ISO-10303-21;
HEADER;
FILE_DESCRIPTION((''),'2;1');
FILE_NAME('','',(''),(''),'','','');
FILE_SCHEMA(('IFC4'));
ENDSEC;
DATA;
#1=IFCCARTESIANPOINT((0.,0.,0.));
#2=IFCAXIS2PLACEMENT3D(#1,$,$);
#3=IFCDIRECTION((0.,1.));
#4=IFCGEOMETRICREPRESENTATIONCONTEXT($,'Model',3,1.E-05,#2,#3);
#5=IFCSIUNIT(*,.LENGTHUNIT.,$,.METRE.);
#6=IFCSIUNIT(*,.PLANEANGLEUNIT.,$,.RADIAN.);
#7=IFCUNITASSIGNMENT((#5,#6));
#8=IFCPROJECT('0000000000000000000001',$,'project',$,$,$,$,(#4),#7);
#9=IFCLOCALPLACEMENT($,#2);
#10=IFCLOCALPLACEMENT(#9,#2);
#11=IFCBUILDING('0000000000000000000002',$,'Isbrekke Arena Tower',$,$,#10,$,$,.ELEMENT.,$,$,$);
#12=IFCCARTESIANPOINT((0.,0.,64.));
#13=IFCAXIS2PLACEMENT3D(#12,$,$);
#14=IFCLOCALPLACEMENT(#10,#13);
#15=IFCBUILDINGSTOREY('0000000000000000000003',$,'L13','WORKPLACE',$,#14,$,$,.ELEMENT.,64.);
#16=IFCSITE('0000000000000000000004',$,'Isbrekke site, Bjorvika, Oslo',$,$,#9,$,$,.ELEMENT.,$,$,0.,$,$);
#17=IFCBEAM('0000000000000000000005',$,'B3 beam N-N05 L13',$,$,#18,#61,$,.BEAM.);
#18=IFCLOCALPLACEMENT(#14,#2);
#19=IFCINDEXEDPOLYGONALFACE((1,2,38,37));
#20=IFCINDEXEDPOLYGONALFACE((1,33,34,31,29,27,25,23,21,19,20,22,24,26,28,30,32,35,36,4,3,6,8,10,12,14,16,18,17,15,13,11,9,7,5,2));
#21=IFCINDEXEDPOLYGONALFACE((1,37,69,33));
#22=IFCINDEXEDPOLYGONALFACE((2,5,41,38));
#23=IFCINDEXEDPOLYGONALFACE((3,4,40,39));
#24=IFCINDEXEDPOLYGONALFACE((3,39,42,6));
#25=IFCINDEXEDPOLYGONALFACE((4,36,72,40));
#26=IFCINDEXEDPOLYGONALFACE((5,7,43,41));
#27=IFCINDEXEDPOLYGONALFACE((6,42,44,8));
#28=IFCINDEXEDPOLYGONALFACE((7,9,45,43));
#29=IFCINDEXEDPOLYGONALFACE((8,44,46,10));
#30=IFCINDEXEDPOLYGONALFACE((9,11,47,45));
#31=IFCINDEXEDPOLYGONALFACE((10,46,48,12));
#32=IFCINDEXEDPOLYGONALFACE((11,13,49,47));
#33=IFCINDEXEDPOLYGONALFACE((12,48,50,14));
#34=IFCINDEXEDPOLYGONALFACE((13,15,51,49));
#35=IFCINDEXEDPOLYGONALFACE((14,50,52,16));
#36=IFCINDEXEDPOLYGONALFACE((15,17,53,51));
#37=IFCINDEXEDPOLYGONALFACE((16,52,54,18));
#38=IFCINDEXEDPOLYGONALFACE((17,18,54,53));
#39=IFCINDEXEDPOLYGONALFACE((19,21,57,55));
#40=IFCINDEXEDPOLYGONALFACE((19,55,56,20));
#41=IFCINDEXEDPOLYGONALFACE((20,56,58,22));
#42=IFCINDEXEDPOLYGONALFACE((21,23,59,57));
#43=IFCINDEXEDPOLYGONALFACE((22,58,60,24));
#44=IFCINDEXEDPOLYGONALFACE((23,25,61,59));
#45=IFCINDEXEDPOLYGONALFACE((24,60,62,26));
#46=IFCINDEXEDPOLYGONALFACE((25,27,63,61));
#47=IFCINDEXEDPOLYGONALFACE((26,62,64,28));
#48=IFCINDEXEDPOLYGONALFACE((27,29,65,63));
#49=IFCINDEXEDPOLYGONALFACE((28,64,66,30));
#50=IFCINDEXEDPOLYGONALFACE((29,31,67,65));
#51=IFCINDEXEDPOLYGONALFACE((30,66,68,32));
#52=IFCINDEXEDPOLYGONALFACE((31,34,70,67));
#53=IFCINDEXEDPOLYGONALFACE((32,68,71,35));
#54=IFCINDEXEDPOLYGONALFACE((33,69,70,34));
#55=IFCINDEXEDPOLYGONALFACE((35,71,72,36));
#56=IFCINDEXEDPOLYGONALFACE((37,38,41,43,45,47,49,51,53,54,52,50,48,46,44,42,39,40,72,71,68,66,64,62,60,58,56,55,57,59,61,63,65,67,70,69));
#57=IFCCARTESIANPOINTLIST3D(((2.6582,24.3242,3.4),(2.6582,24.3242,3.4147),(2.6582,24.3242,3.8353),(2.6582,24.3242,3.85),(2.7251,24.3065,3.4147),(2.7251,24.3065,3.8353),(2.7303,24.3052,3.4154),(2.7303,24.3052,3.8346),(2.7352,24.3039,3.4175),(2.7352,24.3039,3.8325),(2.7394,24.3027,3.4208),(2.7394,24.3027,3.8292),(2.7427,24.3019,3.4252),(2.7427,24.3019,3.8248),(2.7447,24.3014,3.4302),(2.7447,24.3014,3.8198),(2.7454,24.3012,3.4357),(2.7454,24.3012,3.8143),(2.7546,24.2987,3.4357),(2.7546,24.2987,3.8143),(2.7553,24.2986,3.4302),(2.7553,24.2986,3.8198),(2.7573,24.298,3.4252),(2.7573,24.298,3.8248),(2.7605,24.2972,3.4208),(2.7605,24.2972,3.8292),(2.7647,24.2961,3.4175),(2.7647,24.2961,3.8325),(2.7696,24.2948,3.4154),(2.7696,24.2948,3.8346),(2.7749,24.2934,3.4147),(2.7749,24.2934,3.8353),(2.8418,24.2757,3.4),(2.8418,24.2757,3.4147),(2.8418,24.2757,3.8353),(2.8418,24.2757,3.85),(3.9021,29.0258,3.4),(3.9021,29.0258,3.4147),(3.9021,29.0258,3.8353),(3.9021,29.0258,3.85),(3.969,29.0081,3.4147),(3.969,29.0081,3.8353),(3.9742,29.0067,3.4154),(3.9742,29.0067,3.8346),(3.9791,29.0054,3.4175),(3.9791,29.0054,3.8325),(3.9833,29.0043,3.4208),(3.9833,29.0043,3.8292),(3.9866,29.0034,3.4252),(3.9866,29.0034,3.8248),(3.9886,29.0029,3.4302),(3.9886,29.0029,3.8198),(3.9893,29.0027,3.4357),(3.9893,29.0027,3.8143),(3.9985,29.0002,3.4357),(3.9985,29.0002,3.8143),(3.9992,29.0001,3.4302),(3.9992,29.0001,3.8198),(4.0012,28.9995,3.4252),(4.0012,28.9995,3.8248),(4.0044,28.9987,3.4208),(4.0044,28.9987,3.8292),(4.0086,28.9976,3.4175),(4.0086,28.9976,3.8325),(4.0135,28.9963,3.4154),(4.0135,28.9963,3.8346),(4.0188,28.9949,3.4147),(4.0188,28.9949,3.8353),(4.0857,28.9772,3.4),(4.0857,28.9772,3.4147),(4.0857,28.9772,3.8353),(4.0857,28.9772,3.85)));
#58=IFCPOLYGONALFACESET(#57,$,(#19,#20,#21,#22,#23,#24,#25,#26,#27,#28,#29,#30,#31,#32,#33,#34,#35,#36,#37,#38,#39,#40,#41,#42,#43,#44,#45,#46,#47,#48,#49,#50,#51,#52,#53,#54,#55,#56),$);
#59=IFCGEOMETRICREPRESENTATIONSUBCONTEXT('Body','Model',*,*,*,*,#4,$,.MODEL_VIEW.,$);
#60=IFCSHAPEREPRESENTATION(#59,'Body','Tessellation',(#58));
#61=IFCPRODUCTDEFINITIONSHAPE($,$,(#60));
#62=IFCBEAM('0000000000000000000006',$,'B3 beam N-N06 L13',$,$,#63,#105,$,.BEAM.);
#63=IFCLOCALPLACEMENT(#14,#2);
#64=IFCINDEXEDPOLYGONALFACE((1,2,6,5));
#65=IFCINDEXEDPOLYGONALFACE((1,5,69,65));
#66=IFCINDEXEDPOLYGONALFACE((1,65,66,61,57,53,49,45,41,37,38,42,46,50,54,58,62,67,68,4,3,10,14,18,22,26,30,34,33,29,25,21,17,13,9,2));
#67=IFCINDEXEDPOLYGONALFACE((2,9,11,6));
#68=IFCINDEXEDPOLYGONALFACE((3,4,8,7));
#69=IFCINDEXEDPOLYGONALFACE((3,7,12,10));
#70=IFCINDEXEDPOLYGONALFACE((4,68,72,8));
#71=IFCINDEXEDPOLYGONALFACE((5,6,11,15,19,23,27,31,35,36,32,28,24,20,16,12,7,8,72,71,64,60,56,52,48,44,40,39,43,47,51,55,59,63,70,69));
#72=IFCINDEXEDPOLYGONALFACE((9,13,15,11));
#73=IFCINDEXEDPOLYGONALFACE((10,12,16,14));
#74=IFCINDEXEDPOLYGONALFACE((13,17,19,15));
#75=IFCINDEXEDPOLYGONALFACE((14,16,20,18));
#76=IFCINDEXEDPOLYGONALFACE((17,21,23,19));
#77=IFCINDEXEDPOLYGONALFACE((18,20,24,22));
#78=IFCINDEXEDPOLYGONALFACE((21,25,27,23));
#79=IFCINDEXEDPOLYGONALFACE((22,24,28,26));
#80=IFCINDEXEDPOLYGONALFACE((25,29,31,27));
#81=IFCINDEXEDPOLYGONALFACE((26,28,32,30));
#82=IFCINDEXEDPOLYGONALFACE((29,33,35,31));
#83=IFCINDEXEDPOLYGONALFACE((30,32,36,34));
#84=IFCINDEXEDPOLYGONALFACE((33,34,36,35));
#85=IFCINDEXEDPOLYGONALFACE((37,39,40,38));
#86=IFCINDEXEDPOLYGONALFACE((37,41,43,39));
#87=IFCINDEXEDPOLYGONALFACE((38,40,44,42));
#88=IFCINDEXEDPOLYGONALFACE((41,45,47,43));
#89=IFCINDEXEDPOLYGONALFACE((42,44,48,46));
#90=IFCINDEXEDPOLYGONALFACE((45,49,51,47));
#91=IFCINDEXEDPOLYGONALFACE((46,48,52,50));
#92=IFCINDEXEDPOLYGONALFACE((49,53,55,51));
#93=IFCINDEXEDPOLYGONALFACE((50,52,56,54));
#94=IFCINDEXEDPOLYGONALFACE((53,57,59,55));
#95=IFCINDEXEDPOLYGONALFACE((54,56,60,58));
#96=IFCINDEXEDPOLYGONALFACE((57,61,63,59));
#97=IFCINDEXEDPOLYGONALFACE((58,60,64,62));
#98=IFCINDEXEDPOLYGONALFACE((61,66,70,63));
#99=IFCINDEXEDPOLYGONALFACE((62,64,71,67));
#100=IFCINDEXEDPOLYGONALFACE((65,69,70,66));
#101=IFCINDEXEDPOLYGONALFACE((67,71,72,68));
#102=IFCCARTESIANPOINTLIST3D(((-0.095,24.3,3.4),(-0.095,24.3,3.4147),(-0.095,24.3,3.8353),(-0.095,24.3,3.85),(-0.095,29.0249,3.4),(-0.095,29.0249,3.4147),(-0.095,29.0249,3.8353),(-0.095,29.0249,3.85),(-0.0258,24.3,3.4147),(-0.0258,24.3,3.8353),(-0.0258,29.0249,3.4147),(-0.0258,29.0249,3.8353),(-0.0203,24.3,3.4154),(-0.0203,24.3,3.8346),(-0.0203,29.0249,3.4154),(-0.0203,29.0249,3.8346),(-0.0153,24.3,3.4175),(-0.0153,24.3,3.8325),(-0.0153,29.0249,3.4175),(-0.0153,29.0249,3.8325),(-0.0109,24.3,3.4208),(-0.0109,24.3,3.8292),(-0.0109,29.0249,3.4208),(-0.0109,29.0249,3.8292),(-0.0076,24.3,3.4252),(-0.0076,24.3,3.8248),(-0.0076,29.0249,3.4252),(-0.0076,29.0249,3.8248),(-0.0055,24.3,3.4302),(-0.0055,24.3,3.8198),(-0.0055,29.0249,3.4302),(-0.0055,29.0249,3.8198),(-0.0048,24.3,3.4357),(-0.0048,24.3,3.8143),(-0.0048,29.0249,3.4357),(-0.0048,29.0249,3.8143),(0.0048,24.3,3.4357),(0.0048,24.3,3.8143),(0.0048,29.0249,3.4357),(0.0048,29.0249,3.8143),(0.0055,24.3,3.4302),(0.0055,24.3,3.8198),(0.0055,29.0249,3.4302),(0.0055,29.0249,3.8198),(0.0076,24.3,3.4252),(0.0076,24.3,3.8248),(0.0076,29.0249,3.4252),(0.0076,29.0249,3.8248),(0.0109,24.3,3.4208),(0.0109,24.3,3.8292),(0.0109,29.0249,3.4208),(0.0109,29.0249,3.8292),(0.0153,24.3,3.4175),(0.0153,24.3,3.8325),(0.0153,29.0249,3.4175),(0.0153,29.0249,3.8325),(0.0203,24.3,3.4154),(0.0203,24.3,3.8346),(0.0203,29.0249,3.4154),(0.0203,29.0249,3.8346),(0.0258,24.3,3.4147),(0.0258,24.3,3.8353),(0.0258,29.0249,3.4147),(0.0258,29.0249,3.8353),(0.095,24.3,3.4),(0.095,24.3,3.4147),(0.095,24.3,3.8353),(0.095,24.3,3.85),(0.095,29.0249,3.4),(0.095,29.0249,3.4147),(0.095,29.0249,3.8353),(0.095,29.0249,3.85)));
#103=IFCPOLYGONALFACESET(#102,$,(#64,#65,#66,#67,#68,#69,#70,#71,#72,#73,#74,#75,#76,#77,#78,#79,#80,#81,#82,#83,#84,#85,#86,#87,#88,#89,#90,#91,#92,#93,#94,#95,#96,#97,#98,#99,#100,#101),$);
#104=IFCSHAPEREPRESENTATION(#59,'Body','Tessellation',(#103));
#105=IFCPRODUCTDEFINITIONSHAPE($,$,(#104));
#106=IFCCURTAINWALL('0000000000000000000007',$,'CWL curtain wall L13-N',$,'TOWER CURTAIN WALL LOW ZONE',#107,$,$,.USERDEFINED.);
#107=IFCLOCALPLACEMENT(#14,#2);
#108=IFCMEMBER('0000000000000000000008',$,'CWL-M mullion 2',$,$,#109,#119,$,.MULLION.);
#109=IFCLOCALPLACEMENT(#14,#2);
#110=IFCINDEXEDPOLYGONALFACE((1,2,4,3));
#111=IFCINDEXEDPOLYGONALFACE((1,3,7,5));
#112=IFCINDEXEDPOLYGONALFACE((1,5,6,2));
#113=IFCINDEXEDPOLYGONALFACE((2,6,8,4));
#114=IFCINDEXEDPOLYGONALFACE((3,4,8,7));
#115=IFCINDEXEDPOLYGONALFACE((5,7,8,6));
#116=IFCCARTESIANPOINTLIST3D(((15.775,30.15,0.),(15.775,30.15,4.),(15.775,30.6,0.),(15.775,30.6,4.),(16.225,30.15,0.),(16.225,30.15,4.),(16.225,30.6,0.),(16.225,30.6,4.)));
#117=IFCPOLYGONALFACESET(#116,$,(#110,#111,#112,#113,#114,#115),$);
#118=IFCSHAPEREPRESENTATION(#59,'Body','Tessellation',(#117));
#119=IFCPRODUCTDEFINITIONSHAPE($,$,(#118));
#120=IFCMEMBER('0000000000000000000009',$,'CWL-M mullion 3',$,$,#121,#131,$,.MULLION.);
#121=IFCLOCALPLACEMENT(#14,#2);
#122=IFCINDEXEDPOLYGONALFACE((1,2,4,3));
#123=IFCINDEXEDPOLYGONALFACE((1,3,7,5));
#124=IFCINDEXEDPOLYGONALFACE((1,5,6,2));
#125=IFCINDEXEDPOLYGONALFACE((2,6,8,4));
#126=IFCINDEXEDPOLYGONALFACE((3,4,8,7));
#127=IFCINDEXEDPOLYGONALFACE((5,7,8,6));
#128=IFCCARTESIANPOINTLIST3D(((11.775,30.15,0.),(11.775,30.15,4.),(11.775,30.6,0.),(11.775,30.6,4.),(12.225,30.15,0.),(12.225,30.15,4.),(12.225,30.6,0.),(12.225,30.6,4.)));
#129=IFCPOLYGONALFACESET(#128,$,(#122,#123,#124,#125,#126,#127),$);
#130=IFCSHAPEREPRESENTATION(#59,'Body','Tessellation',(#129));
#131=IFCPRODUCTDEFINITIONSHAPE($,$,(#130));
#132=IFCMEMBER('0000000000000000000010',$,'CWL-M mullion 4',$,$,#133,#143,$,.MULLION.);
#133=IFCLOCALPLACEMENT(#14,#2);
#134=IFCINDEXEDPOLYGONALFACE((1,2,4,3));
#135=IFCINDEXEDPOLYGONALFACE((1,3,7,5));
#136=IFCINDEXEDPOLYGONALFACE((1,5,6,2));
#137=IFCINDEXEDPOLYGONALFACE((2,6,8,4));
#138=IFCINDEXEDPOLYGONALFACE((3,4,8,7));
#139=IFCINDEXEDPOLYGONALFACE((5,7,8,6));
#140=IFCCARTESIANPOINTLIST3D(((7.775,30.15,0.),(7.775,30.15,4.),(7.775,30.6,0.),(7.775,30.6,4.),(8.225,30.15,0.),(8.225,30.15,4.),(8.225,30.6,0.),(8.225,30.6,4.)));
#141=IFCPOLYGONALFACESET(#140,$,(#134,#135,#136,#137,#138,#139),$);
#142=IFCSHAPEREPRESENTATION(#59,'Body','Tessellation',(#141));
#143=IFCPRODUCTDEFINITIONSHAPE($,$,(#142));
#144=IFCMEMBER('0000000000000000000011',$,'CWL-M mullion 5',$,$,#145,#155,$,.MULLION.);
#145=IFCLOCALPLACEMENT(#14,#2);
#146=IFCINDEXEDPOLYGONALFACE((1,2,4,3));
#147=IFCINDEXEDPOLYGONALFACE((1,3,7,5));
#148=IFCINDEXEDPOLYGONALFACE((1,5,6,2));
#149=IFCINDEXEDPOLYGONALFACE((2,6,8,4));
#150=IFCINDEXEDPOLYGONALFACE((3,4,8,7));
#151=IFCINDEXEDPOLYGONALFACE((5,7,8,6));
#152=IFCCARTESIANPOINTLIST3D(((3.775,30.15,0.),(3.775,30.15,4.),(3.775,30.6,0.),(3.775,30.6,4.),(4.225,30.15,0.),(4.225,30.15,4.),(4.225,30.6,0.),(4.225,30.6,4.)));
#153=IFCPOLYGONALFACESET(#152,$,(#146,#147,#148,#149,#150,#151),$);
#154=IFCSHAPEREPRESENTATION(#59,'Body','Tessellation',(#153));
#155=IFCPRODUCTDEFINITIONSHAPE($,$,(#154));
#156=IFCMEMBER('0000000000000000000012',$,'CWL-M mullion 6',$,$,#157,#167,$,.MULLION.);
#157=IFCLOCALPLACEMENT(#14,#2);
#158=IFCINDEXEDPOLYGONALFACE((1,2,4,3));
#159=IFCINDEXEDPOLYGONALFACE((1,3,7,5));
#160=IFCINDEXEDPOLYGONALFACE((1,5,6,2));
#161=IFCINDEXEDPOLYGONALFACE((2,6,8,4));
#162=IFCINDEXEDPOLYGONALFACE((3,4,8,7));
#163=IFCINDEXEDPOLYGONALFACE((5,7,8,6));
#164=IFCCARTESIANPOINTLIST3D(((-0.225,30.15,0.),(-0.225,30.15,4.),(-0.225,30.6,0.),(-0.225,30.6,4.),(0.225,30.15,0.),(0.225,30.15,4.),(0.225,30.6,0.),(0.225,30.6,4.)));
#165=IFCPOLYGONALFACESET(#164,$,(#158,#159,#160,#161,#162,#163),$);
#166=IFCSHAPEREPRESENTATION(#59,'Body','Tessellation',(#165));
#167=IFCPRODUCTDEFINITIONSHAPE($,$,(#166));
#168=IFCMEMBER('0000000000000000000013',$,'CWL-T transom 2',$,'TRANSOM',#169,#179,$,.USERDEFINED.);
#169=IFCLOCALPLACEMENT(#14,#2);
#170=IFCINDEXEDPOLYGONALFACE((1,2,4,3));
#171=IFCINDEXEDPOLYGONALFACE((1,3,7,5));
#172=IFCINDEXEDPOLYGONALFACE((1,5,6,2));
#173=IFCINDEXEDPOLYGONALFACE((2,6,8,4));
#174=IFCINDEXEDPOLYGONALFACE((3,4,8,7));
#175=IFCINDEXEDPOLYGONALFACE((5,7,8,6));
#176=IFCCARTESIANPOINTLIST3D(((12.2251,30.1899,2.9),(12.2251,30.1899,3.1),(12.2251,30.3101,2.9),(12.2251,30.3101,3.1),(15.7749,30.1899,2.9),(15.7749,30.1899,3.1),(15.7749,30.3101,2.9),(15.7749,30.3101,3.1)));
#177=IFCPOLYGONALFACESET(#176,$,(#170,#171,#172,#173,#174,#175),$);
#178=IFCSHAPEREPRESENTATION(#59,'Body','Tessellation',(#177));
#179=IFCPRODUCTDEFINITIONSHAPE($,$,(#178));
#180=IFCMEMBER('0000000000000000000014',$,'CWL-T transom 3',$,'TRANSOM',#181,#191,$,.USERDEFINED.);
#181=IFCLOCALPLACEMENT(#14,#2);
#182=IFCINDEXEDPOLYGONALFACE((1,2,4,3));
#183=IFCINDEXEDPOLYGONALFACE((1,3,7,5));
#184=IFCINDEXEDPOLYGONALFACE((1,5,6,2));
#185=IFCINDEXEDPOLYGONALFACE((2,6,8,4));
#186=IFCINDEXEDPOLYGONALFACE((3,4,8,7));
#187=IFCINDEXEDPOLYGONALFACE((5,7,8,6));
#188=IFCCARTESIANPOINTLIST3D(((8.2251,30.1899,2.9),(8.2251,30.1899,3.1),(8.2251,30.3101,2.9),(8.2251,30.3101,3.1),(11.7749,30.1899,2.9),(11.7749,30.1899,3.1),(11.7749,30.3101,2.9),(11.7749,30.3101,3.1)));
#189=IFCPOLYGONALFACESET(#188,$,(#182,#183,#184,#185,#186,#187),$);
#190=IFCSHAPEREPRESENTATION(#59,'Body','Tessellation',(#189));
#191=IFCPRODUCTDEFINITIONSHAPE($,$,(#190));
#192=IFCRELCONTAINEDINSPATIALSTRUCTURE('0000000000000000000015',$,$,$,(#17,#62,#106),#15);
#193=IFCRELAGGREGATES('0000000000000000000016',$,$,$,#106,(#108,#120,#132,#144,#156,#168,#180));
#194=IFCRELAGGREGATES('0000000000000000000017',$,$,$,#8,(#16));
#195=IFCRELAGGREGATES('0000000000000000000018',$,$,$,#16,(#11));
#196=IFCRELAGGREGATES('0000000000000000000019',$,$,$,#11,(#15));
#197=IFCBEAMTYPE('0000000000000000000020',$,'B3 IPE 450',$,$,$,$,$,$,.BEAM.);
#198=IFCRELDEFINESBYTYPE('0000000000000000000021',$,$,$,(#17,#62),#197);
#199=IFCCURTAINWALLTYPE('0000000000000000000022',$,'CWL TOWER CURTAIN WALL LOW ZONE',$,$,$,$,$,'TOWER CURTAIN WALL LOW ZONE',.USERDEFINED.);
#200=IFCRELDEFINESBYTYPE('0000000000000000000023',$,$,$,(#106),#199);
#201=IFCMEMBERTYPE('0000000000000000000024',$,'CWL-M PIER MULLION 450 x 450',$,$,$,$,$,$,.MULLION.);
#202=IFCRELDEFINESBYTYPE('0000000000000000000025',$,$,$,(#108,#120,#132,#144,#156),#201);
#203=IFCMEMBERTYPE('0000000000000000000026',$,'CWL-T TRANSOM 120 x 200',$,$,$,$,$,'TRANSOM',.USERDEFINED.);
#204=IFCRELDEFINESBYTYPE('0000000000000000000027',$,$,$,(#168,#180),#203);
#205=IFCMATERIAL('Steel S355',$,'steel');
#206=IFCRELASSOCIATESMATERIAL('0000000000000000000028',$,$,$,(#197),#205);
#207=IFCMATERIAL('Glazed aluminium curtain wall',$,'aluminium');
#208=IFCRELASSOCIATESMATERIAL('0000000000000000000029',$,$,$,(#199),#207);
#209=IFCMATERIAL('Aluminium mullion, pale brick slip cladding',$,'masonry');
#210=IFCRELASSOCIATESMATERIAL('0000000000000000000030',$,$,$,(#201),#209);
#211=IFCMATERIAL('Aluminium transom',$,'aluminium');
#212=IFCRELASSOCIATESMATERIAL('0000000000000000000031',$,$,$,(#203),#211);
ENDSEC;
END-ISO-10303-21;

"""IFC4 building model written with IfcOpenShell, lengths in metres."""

from ifc_helpers import new_model, si_unit, direction, frame, origin, origin_2d, place, context, subcontext, project, spatial, rectangle, i_section, extrude, material, material_profile, profile_set, type_object, element, aggregate, save


model = new_model("IFC4")

# Units and contexts
model_context = context("Model", 3, precision=1e-05, world=origin(), true_north=direction((0.0, 1.0)))
body_context = subcontext(model_context, "Body", "Model", "MODEL_VIEW")
ifc_project = project(units=[si_unit("LENGTHUNIT", "METRE"), si_unit("PLANEANGLEUNIT", "RADIAN")], contexts=[model_context])

# Site, building, storey
site_placement = place(None, origin())
site = spatial("IfcSite", under=ifc_project, at=site_placement, Name="Isbrekke site, Bjorvika, Oslo", CompositionType="ELEMENT", RefElevation=0.0)
building_placement = place(site_placement, origin())
building = spatial("IfcBuilding", under=site, at=building_placement, Name="Isbrekke Arena Tower", CompositionType="ELEMENT")
storey_placement = place(building_placement, frame((0.0, 0.0, 64.0)))
storey = spatial("IfcBuildingStorey", under=building, at=storey_placement, Name="L13", Description="WORKPLACE", CompositionType="ELEMENT", Elevation=64.0)

# Beams
ifc_material_1 = material(Name="Steel S355", Category="steel")
ifc_material_profile_1 = material_profile(ifc_material_1, i_section(OverallWidth=0.1899, OverallDepth=0.45, WebThickness=0.0095, FlangeThickness=0.0146, FilletRadius=0.021, at=origin_2d()), Name="IPE 450")
ifc_profile_set_1 = profile_set([ifc_material_profile_1], Name="Steel S355")
beam_type_1 = type_object("IfcBeamType", Name="B3 IPE 450", PredefinedType="BEAM", material=ifc_profile_set_1)
beam_1_placement = place(storey_placement, frame((3.9939, 29.0015, 3.625), z_axis=(-0.255778, -0.966736, 0.0), x_axis=(0.966736, -0.255778, 0.0)))
element("IfcBeam", 1, at=beam_1_placement, inside=storey, type_object=beam_type_1, Name="B3 beam N-N05 L13", PredefinedType="BEAM", context=body_context, shape_type="SweptSolid", body=[
    extrude(i_section(OverallWidth=0.1899, OverallDepth=0.45, WebThickness=0.0095, FlangeThickness=0.0146, FilletRadius=0.021, at=origin_2d()), origin(), (0.0, 0.0, 1.0), 4.8633),
])
beam_2_placement = place(storey_placement, frame((0.0, 29.0249, 3.625), z_axis=(0.0, -1.0, 0.0), x_axis=(1.0, 0.0, 0.0)))
element("IfcBeam", 2, at=beam_2_placement, inside=storey, type_object=beam_type_1, Name="B3 beam N-N06 L13", PredefinedType="BEAM", context=body_context, shape_type="SweptSolid", body=[
    extrude(i_section(OverallWidth=0.1899, OverallDepth=0.45, WebThickness=0.0095, FlangeThickness=0.0146, FilletRadius=0.021, at=origin_2d()), origin(), (0.0, 0.0, 1.0), 4.7249),
])

# Curtain wall, members
ifc_material_2 = material(Name="Glazed aluminium curtain wall", Category="aluminium")
curtain_wall_type = type_object("IfcCurtainWallType", Name="CWL TOWER CURTAIN WALL LOW ZONE", ElementType="TOWER CURTAIN WALL LOW ZONE", PredefinedType="USERDEFINED", material=ifc_material_2)
curtain_wall_placement = place(storey_placement, origin())
curtain_wall = element("IfcCurtainWall", 3, at=curtain_wall_placement, inside=storey, type_object=curtain_wall_type, Name="CWL curtain wall L13-N", ObjectType="TOWER CURTAIN WALL LOW ZONE", PredefinedType="USERDEFINED")
ifc_material_3 = material(Name="Aluminium mullion, pale brick slip cladding", Category="masonry")
ifc_material_profile_2 = material_profile(ifc_material_3, rectangle(XDim=0.45, YDim=0.45, at=origin_2d()), Name="PIER 450X450")
ifc_profile_set_2 = profile_set([ifc_material_profile_2], Name="Aluminium mullion, pale brick slip cladding")
member_type_1 = type_object("IfcMemberType", Name="CWL-M PIER MULLION 450 x 450", PredefinedType="MULLION", material=ifc_profile_set_2)
member_1_placement = place(storey_placement, frame((16.0, 30.375, 0.0), z_axis=(0.0, 0.0, 1.0), x_axis=(-1.0, 0.0, 0.0)))
member_1 = element("IfcMember", 4, at=member_1_placement, type_object=member_type_1, Name="CWL-M mullion 2", PredefinedType="MULLION", context=body_context, shape_type="SweptSolid", body=[
    extrude(rectangle(XDim=0.45, YDim=0.45, at=origin_2d()), origin(), (0.0, 0.0, 1.0), 4.0),
])
member_2_placement = place(storey_placement, frame((12.0, 30.375, 0.0), z_axis=(0.0, 0.0, 1.0), x_axis=(-1.0, 0.0, 0.0)))
member_2 = element("IfcMember", 5, at=member_2_placement, type_object=member_type_1, Name="CWL-M mullion 3", PredefinedType="MULLION", context=body_context, shape_type="SweptSolid", body=[
    extrude(rectangle(XDim=0.45, YDim=0.45, at=origin_2d()), origin(), (0.0, 0.0, 1.0), 4.0),
])
member_3_placement = place(storey_placement, frame((8.0, 30.375, 0.0), z_axis=(0.0, 0.0, 1.0), x_axis=(-1.0, 0.0, 0.0)))
member_3 = element("IfcMember", 6, at=member_3_placement, type_object=member_type_1, Name="CWL-M mullion 4", PredefinedType="MULLION", context=body_context, shape_type="SweptSolid", body=[
    extrude(rectangle(XDim=0.45, YDim=0.45, at=origin_2d()), origin(), (0.0, 0.0, 1.0), 4.0),
])
member_4_placement = place(storey_placement, frame((4.0, 30.375, 0.0), z_axis=(0.0, 0.0, 1.0), x_axis=(-1.0, 0.0, 0.0)))
member_4 = element("IfcMember", 7, at=member_4_placement, type_object=member_type_1, Name="CWL-M mullion 5", PredefinedType="MULLION", context=body_context, shape_type="SweptSolid", body=[
    extrude(rectangle(XDim=0.45, YDim=0.45, at=origin_2d()), origin(), (0.0, 0.0, 1.0), 4.0),
])
member_5_placement = place(storey_placement, frame((0.0, 30.375, 0.0), z_axis=(0.0, 0.0, 1.0), x_axis=(-1.0, 0.0, 0.0)))
member_5 = element("IfcMember", 8, at=member_5_placement, type_object=member_type_1, Name="CWL-M mullion 6", PredefinedType="MULLION", context=body_context, shape_type="SweptSolid", body=[
    extrude(rectangle(XDim=0.45, YDim=0.45, at=origin_2d()), origin(), (0.0, 0.0, 1.0), 4.0),
])
ifc_material_4 = material(Name="Aluminium transom", Category="aluminium")
ifc_material_profile_3 = material_profile(ifc_material_4, rectangle(XDim=0.1201, YDim=0.2, at=origin_2d()), Name="TRANSOM 120X200")
ifc_profile_set_3 = profile_set([ifc_material_profile_3], Name="Aluminium transom")
member_type_2 = type_object("IfcMemberType", Name="CWL-T TRANSOM 120 x 200", ElementType="TRANSOM", PredefinedType="USERDEFINED", material=ifc_profile_set_3)
member_6_placement = place(storey_placement, frame((15.7749, 30.25, 3.0), z_axis=(-1.0, 0.0, 0.0), x_axis=(0.0, -1.0, 0.0)))
member_6 = element("IfcMember", 9, at=member_6_placement, type_object=member_type_2, Name="CWL-T transom 2", ObjectType="TRANSOM", PredefinedType="USERDEFINED", context=body_context, shape_type="SweptSolid", body=[
    extrude(rectangle(XDim=0.1201, YDim=0.2, at=origin_2d()), origin(), (0.0, 0.0, 1.0), 3.5498),
])
member_7_placement = place(storey_placement, frame((11.7749, 30.25, 3.0), z_axis=(-1.0, 0.0, 0.0), x_axis=(0.0, -1.0, 0.0)))
member_7 = element("IfcMember", 10, at=member_7_placement, type_object=member_type_2, Name="CWL-T transom 3", ObjectType="TRANSOM", PredefinedType="USERDEFINED", context=body_context, shape_type="SweptSolid", body=[
    extrude(rectangle(XDim=0.1201, YDim=0.2, at=origin_2d()), origin(), (0.0, 0.0, 1.0), 3.5498),
])

aggregate(curtain_wall, [member_1, member_2, member_3, member_4, member_5, member_6, member_7])

save(model, "model.ifc")
